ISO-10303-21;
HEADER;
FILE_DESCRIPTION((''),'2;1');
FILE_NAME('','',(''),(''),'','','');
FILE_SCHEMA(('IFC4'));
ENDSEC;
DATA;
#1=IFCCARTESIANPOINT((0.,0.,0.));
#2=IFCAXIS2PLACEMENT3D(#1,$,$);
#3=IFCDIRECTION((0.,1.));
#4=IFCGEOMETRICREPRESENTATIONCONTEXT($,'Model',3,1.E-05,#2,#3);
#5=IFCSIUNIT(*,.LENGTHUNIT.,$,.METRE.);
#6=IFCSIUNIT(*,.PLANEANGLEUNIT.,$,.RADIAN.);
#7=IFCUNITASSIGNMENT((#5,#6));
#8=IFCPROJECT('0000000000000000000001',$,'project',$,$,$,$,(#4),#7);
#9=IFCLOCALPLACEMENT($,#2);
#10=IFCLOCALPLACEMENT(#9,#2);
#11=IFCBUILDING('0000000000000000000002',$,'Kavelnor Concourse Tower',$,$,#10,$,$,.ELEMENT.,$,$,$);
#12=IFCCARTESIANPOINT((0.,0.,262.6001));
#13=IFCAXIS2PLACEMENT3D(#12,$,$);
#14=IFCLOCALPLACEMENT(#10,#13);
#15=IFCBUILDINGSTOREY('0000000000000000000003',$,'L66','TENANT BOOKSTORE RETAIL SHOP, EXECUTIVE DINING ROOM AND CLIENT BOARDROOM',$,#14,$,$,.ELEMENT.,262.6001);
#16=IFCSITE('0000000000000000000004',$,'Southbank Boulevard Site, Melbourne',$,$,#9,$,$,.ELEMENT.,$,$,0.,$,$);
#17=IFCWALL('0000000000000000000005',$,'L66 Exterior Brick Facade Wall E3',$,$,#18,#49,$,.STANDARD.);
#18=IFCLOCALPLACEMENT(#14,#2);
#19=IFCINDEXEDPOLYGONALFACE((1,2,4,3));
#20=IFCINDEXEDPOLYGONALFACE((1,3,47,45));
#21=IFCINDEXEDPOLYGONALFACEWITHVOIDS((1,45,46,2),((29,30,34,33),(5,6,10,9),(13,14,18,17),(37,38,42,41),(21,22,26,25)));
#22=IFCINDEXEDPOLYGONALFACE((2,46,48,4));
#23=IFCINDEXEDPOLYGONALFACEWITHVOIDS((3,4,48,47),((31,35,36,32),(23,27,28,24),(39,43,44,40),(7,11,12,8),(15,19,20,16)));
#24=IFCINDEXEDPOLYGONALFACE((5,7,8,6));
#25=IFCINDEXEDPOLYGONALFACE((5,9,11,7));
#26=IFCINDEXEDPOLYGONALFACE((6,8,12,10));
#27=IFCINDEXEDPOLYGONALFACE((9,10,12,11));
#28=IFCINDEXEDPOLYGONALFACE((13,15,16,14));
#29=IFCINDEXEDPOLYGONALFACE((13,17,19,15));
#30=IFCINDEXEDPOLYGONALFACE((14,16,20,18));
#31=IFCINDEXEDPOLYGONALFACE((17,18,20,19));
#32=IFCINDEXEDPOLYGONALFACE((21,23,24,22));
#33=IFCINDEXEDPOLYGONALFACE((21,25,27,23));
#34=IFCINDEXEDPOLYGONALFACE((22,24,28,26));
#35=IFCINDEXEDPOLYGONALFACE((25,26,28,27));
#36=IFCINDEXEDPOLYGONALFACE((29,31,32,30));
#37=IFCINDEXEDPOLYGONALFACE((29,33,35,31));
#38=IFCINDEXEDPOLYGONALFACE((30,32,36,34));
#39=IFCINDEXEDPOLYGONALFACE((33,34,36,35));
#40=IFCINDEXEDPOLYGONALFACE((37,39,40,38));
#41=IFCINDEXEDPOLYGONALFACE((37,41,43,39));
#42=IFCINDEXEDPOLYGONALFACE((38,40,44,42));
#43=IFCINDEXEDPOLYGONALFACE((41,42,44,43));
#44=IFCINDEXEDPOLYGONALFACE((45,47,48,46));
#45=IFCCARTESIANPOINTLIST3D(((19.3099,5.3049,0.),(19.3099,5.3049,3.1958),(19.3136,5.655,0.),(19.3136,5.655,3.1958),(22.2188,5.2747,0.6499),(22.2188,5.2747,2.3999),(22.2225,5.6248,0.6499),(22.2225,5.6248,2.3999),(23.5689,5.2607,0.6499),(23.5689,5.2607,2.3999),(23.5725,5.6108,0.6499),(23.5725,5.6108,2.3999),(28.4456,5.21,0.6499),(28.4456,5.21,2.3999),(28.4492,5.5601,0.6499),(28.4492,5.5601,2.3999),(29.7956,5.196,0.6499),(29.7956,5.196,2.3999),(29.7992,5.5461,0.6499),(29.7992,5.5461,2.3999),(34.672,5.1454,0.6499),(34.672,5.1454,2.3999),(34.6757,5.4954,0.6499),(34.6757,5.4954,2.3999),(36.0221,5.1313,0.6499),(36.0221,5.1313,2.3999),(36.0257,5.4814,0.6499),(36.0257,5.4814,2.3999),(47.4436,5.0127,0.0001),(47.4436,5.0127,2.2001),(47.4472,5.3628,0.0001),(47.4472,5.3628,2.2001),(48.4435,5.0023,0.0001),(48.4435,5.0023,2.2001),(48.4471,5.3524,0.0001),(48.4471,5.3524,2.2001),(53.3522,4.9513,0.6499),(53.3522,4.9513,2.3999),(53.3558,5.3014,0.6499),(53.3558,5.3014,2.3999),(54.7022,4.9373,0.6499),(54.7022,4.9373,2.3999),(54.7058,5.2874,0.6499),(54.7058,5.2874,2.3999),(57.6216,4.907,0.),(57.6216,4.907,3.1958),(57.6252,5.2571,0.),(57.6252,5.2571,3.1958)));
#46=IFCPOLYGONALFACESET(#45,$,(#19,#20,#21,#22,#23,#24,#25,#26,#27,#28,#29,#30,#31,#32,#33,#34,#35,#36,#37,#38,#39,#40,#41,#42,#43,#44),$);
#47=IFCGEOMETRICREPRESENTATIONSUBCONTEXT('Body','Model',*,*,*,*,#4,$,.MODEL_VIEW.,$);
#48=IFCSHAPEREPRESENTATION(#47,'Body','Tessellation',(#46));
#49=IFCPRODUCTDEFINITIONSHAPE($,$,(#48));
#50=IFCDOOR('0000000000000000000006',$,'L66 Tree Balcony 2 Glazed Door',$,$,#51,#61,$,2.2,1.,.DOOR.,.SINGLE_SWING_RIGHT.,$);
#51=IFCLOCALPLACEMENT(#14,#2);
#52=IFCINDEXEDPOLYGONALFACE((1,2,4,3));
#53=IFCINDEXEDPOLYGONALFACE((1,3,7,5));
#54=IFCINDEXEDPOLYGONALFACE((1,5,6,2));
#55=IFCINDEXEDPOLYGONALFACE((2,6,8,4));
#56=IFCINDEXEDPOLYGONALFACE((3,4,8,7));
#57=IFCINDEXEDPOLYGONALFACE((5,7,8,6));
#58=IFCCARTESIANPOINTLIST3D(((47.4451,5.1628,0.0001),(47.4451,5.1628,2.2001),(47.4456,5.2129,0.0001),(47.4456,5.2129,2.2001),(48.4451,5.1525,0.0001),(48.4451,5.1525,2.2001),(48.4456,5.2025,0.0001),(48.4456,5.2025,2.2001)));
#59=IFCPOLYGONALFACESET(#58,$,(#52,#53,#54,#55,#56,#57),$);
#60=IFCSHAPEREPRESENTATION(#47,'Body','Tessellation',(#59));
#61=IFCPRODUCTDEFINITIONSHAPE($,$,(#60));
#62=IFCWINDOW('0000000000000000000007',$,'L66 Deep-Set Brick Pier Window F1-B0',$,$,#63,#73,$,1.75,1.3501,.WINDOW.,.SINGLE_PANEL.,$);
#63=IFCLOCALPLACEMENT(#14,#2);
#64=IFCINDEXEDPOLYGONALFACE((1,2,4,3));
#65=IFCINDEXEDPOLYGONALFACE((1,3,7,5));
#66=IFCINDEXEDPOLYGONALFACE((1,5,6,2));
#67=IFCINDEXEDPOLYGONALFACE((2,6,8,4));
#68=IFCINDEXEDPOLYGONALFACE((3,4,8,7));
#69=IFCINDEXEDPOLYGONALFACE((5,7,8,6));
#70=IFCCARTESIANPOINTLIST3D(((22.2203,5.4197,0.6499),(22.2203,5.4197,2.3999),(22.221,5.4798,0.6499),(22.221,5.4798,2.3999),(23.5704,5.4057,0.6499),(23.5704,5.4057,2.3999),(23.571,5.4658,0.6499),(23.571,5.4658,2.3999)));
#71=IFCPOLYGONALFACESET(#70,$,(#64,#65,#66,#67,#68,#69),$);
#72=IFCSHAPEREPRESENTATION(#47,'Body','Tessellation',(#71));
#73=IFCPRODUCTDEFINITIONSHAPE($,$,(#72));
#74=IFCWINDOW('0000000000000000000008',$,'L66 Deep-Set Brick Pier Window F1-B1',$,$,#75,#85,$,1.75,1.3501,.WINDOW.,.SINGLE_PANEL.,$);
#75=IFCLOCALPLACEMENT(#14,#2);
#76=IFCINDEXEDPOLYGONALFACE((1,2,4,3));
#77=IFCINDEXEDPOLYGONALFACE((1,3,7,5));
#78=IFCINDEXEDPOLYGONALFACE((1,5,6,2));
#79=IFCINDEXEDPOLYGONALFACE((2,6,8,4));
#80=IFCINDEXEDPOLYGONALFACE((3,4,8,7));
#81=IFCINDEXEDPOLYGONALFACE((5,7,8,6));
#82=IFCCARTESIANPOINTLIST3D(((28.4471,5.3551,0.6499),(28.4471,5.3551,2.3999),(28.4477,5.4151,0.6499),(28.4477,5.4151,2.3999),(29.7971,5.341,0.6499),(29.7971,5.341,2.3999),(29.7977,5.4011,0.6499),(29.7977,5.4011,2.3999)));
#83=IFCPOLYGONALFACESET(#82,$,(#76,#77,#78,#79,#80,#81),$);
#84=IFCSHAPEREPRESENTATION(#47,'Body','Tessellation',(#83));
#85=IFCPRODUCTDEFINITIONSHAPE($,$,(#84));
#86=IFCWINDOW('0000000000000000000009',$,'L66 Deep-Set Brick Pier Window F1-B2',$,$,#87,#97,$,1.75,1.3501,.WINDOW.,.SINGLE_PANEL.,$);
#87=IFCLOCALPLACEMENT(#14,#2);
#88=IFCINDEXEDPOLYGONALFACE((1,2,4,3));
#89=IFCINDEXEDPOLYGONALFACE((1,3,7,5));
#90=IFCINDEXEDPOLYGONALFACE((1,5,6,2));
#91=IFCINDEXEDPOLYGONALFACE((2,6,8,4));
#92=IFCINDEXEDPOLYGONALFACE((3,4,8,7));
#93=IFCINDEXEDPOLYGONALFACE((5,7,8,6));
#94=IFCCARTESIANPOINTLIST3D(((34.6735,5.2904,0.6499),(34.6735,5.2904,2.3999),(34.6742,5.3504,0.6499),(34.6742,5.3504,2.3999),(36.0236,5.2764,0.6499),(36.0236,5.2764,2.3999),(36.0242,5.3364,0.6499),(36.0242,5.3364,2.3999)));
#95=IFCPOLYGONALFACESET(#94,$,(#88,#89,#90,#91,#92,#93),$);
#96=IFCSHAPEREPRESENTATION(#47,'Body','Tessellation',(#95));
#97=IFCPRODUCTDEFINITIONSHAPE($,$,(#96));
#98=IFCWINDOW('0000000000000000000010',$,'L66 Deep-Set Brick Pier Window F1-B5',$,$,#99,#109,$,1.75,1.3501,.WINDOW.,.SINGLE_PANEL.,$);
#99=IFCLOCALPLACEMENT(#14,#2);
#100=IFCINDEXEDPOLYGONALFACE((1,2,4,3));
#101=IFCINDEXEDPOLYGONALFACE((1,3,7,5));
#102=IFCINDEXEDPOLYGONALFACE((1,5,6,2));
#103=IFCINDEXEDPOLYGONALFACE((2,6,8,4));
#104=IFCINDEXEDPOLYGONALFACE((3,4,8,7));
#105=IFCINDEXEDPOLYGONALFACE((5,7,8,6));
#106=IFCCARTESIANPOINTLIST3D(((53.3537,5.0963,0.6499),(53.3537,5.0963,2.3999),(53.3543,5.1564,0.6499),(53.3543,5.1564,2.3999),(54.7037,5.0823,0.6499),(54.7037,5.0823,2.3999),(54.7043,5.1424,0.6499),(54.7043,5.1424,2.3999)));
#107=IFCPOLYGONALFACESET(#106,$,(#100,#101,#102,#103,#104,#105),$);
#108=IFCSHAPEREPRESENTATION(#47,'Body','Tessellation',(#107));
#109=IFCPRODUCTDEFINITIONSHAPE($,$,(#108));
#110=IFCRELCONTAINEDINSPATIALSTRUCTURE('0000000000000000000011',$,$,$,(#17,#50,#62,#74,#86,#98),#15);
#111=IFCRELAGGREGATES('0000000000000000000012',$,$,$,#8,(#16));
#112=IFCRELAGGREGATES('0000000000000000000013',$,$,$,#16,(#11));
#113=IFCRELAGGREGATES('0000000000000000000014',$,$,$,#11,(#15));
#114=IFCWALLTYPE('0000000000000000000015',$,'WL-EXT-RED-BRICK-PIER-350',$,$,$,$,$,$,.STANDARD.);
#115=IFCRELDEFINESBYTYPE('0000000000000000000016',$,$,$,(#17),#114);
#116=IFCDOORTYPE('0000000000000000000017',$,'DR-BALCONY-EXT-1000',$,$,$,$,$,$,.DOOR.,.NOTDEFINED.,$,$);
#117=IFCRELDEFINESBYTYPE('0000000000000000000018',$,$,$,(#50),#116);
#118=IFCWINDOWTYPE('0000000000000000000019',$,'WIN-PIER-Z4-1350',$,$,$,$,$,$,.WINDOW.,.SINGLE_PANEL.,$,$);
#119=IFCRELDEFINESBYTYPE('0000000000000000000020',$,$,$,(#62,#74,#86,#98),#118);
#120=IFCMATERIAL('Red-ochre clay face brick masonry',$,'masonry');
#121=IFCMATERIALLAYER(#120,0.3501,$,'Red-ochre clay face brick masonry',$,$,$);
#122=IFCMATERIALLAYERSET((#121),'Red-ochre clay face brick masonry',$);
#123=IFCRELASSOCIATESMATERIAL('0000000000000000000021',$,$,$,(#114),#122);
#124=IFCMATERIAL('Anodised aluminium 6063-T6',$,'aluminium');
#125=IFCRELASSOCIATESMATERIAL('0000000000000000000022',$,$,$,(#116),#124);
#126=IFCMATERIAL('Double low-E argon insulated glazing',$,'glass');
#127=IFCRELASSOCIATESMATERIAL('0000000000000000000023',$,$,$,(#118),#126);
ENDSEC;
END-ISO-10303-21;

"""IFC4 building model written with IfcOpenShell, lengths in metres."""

from ifc_helpers import new_model, si_unit, direction, frame, frame_2d, origin, place, context, subcontext, project, spatial, rectangle, extrude, material, layer, layer_set, type_object, element, fill, save


model = new_model("IFC4")

# Units and contexts
model_context = context("Model", 3, precision=1e-05, world=origin(), true_north=direction((0.0, 1.0)))
body_context = subcontext(model_context, "Body", "Model", "MODEL_VIEW")
ifc_project = project(units=[si_unit("LENGTHUNIT", "METRE"), si_unit("PLANEANGLEUNIT", "RADIAN")], contexts=[model_context])

# Site, building, storey
site_placement = place(None, origin())
site = spatial("IfcSite", under=ifc_project, at=site_placement, Name="Southbank Boulevard Site, Melbourne", CompositionType="ELEMENT", RefElevation=0.0)
building_placement = place(site_placement, origin())
building = spatial("IfcBuilding", under=site, at=building_placement, Name="Kavelnor Concourse Tower", CompositionType="ELEMENT")
storey_placement = place(building_placement, frame((0.0, 0.0, 262.6001)))
storey = spatial("IfcBuildingStorey", under=building, at=storey_placement, Name="L66", Description="TENANT BOOKSTORE RETAIL SHOP, EXECUTIVE DINING ROOM AND CLIENT BOARDROOM", CompositionType="ELEMENT", Elevation=262.6001)

# Shared definitions
ifc_material_1 = material(Name="Double low-E argon insulated glazing", Category="glass")

# Wall, openings, door, windows
ifc_material_2 = material(Name="Red-ochre clay face brick masonry", Category="masonry")
ifc_layer_1 = layer(ifc_material_2, 0.3501, Name="Red-ochre clay face brick masonry")
ifc_layer_set_1 = layer_set([ifc_layer_1], Name="Red-ochre clay face brick masonry")
wall_type_1 = type_object("IfcWallType", Name="WL-EXT-RED-BRICK-PIER-350", PredefinedType="STANDARD", material=ifc_layer_set_1)
wall_1_placement = place(storey_placement, frame((57.6233, 5.082, 0.0), z_axis=(0.0, 0.0, 1.0), x_axis=(-0.999946, 0.010387, 0.0)))
wall_1 = element("IfcWall", 1, at=wall_1_placement, inside=storey, type_object=wall_type_1, Name="L66 Exterior Brick Facade Wall E3", PredefinedType="STANDARD", context=body_context, shape_type="SweptSolid", body=[
    extrude(rectangle(XDim=38.3137, YDim=0.3501, at=frame_2d((19.1567, 0.0))), origin(), (0.0, 0.0, 1.0), 3.1958),
])
opening_1_placement = place(wall_1_placement, frame((9.1785, 0.0, 0.0)))
opening_1 = element("IfcOpeningElement", 2, at=opening_1_placement, cuts=wall_1, PredefinedType="OPENING", context=body_context, shape_type="SweptSolid", body=[
    extrude(rectangle(XDim=1.0, YDim=2.2, at=frame_2d((0.5, 1.1001))), frame((0.0, 0.1851, 0.0), z_axis=(0.0, -1.0, 0.0), x_axis=(1.0, 0.0, 0.0)), (0.0, 0.0, 1.0), 0.3701),
])
opening_2_placement = place(wall_1_placement, frame((34.0544, 0.0, 0.6499)))
opening_2 = element("IfcOpeningElement", 3, at=opening_2_placement, cuts=wall_1, PredefinedType="OPENING", context=body_context, shape_type="SweptSolid", body=[
    extrude(rectangle(XDim=1.3501, YDim=1.75, at=frame_2d((0.675, 0.875))), frame((0.0, 0.1851, 0.0), z_axis=(0.0, -1.0, 0.0), x_axis=(1.0, 0.0, 0.0)), (0.0, 0.0, 1.0), 0.3701),
])
opening_3_placement = place(wall_1_placement, frame((27.8274, 0.0, 0.6499)))
opening_3 = element("IfcOpeningElement", 4, at=opening_3_placement, cuts=wall_1, PredefinedType="OPENING", context=body_context, shape_type="SweptSolid", body=[
    extrude(rectangle(XDim=1.3501, YDim=1.75, at=frame_2d((0.675, 0.875))), frame((0.0, 0.1851, 0.0), z_axis=(0.0, -1.0, 0.0), x_axis=(1.0, 0.0, 0.0)), (0.0, 0.0, 1.0), 0.3701),
])
opening_4_placement = place(wall_1_placement, frame((21.6006, 0.0, 0.6499)))
opening_4 = element("IfcOpeningElement", 5, at=opening_4_placement, cuts=wall_1, PredefinedType="OPENING", context=body_context, shape_type="SweptSolid", body=[
    extrude(rectangle(XDim=1.3501, YDim=1.75, at=frame_2d((0.675, 0.875))), frame((0.0, 0.1851, 0.0), z_axis=(0.0, -1.0, 0.0), x_axis=(1.0, 0.0, 0.0)), (0.0, 0.0, 1.0), 0.3701),
])
opening_5_placement = place(wall_1_placement, frame((2.9194, 0.0, 0.6499)))
opening_5 = element("IfcOpeningElement", 6, at=opening_5_placement, cuts=wall_1, PredefinedType="OPENING", context=body_context, shape_type="SweptSolid", body=[
    extrude(rectangle(XDim=1.3501, YDim=1.75, at=frame_2d((0.675, 0.875))), frame((0.0, 0.1851, 0.0), z_axis=(0.0, -1.0, 0.0), x_axis=(1.0, 0.0, 0.0)), (0.0, 0.0, 1.0), 0.3701),
])
ifc_material_3 = material(Name="Anodised aluminium 6063-T6", Category="aluminium")
door_type = type_object("IfcDoorType", Name="DR-BALCONY-EXT-1000", OperationType="NOTDEFINED", PredefinedType="DOOR", material=ifc_material_3)
door_placement = place(opening_1_placement, origin())
door = element("IfcDoor", 7, at=door_placement, inside=storey, type_object=door_type, Name="L66 Tree Balcony 2 Glazed Door", OperationType="SINGLE_SWING_RIGHT", OverallHeight=2.2, OverallWidth=1.0, PredefinedType="DOOR", context=body_context, shape_type="SweptSolid", body=[
    extrude(rectangle(XDim=1.0, YDim=2.2, at=frame_2d((0.5, 1.1001))), frame((0.0, 0.0249, 0.0), z_axis=(0.0, -1.0, 0.0), x_axis=(1.0, 0.0, 0.0)), (0.0, 0.0, 1.0), 0.05),
])
fill(opening_1, door)
window_type_1 = type_object("IfcWindowType", Name="WIN-PIER-Z4-1350", PartitioningType="SINGLE_PANEL", PredefinedType="WINDOW", material=ifc_material_1)
window_1_placement = place(opening_2_placement, origin())
window_1 = element("IfcWindow", 8, at=window_1_placement, inside=storey, type_object=window_type_1, Name="L66 Deep-Set Brick Pier Window F1-B0", OverallHeight=1.75, OverallWidth=1.3501, PartitioningType="SINGLE_PANEL", PredefinedType="WINDOW", context=body_context, shape_type="SweptSolid", body=[
    extrude(rectangle(XDim=1.3501, YDim=1.75, at=frame_2d((0.675, 0.875))), frame((0.0, 0.03, 0.0), z_axis=(0.0, -1.0, 0.0), x_axis=(1.0, 0.0, 0.0)), (0.0, 0.0, 1.0), 0.0601),
])
fill(opening_2, window_1)
window_2_placement = place(opening_3_placement, origin())
window_2 = element("IfcWindow", 9, at=window_2_placement, inside=storey, type_object=window_type_1, Name="L66 Deep-Set Brick Pier Window F1-B1", OverallHeight=1.75, OverallWidth=1.3501, PartitioningType="SINGLE_PANEL", PredefinedType="WINDOW", context=body_context, shape_type="SweptSolid", body=[
    extrude(rectangle(XDim=1.3501, YDim=1.75, at=frame_2d((0.675, 0.875))), frame((0.0, 0.03, 0.0), z_axis=(0.0, -1.0, 0.0), x_axis=(1.0, 0.0, 0.0)), (0.0, 0.0, 1.0), 0.0601),
])
fill(opening_3, window_2)
window_3_placement = place(opening_4_placement, origin())
window_3 = element("IfcWindow", 10, at=window_3_placement, inside=storey, type_object=window_type_1, Name="L66 Deep-Set Brick Pier Window F1-B2", OverallHeight=1.75, OverallWidth=1.3501, PartitioningType="SINGLE_PANEL", PredefinedType="WINDOW", context=body_context, shape_type="SweptSolid", body=[
    extrude(rectangle(XDim=1.3501, YDim=1.75, at=frame_2d((0.675, 0.875))), frame((0.0, 0.03, 0.0), z_axis=(0.0, -1.0, 0.0), x_axis=(1.0, 0.0, 0.0)), (0.0, 0.0, 1.0), 0.0601),
])
fill(opening_4, window_3)
window_4_placement = place(opening_5_placement, origin())
window_4 = element("IfcWindow", 11, at=window_4_placement, inside=storey, type_object=window_type_1, Name="L66 Deep-Set Brick Pier Window F1-B5", OverallHeight=1.75, OverallWidth=1.3501, PartitioningType="SINGLE_PANEL", PredefinedType="WINDOW", context=body_context, shape_type="SweptSolid", body=[
    extrude(rectangle(XDim=1.3501, YDim=1.75, at=frame_2d((0.675, 0.875))), frame((0.0, 0.03, 0.0), z_axis=(0.0, -1.0, 0.0), x_axis=(1.0, 0.0, 0.0)), (0.0, 0.0, 1.0), 0.0601),
])
fill(opening_5, window_4)

save(model, "model.ifc")
